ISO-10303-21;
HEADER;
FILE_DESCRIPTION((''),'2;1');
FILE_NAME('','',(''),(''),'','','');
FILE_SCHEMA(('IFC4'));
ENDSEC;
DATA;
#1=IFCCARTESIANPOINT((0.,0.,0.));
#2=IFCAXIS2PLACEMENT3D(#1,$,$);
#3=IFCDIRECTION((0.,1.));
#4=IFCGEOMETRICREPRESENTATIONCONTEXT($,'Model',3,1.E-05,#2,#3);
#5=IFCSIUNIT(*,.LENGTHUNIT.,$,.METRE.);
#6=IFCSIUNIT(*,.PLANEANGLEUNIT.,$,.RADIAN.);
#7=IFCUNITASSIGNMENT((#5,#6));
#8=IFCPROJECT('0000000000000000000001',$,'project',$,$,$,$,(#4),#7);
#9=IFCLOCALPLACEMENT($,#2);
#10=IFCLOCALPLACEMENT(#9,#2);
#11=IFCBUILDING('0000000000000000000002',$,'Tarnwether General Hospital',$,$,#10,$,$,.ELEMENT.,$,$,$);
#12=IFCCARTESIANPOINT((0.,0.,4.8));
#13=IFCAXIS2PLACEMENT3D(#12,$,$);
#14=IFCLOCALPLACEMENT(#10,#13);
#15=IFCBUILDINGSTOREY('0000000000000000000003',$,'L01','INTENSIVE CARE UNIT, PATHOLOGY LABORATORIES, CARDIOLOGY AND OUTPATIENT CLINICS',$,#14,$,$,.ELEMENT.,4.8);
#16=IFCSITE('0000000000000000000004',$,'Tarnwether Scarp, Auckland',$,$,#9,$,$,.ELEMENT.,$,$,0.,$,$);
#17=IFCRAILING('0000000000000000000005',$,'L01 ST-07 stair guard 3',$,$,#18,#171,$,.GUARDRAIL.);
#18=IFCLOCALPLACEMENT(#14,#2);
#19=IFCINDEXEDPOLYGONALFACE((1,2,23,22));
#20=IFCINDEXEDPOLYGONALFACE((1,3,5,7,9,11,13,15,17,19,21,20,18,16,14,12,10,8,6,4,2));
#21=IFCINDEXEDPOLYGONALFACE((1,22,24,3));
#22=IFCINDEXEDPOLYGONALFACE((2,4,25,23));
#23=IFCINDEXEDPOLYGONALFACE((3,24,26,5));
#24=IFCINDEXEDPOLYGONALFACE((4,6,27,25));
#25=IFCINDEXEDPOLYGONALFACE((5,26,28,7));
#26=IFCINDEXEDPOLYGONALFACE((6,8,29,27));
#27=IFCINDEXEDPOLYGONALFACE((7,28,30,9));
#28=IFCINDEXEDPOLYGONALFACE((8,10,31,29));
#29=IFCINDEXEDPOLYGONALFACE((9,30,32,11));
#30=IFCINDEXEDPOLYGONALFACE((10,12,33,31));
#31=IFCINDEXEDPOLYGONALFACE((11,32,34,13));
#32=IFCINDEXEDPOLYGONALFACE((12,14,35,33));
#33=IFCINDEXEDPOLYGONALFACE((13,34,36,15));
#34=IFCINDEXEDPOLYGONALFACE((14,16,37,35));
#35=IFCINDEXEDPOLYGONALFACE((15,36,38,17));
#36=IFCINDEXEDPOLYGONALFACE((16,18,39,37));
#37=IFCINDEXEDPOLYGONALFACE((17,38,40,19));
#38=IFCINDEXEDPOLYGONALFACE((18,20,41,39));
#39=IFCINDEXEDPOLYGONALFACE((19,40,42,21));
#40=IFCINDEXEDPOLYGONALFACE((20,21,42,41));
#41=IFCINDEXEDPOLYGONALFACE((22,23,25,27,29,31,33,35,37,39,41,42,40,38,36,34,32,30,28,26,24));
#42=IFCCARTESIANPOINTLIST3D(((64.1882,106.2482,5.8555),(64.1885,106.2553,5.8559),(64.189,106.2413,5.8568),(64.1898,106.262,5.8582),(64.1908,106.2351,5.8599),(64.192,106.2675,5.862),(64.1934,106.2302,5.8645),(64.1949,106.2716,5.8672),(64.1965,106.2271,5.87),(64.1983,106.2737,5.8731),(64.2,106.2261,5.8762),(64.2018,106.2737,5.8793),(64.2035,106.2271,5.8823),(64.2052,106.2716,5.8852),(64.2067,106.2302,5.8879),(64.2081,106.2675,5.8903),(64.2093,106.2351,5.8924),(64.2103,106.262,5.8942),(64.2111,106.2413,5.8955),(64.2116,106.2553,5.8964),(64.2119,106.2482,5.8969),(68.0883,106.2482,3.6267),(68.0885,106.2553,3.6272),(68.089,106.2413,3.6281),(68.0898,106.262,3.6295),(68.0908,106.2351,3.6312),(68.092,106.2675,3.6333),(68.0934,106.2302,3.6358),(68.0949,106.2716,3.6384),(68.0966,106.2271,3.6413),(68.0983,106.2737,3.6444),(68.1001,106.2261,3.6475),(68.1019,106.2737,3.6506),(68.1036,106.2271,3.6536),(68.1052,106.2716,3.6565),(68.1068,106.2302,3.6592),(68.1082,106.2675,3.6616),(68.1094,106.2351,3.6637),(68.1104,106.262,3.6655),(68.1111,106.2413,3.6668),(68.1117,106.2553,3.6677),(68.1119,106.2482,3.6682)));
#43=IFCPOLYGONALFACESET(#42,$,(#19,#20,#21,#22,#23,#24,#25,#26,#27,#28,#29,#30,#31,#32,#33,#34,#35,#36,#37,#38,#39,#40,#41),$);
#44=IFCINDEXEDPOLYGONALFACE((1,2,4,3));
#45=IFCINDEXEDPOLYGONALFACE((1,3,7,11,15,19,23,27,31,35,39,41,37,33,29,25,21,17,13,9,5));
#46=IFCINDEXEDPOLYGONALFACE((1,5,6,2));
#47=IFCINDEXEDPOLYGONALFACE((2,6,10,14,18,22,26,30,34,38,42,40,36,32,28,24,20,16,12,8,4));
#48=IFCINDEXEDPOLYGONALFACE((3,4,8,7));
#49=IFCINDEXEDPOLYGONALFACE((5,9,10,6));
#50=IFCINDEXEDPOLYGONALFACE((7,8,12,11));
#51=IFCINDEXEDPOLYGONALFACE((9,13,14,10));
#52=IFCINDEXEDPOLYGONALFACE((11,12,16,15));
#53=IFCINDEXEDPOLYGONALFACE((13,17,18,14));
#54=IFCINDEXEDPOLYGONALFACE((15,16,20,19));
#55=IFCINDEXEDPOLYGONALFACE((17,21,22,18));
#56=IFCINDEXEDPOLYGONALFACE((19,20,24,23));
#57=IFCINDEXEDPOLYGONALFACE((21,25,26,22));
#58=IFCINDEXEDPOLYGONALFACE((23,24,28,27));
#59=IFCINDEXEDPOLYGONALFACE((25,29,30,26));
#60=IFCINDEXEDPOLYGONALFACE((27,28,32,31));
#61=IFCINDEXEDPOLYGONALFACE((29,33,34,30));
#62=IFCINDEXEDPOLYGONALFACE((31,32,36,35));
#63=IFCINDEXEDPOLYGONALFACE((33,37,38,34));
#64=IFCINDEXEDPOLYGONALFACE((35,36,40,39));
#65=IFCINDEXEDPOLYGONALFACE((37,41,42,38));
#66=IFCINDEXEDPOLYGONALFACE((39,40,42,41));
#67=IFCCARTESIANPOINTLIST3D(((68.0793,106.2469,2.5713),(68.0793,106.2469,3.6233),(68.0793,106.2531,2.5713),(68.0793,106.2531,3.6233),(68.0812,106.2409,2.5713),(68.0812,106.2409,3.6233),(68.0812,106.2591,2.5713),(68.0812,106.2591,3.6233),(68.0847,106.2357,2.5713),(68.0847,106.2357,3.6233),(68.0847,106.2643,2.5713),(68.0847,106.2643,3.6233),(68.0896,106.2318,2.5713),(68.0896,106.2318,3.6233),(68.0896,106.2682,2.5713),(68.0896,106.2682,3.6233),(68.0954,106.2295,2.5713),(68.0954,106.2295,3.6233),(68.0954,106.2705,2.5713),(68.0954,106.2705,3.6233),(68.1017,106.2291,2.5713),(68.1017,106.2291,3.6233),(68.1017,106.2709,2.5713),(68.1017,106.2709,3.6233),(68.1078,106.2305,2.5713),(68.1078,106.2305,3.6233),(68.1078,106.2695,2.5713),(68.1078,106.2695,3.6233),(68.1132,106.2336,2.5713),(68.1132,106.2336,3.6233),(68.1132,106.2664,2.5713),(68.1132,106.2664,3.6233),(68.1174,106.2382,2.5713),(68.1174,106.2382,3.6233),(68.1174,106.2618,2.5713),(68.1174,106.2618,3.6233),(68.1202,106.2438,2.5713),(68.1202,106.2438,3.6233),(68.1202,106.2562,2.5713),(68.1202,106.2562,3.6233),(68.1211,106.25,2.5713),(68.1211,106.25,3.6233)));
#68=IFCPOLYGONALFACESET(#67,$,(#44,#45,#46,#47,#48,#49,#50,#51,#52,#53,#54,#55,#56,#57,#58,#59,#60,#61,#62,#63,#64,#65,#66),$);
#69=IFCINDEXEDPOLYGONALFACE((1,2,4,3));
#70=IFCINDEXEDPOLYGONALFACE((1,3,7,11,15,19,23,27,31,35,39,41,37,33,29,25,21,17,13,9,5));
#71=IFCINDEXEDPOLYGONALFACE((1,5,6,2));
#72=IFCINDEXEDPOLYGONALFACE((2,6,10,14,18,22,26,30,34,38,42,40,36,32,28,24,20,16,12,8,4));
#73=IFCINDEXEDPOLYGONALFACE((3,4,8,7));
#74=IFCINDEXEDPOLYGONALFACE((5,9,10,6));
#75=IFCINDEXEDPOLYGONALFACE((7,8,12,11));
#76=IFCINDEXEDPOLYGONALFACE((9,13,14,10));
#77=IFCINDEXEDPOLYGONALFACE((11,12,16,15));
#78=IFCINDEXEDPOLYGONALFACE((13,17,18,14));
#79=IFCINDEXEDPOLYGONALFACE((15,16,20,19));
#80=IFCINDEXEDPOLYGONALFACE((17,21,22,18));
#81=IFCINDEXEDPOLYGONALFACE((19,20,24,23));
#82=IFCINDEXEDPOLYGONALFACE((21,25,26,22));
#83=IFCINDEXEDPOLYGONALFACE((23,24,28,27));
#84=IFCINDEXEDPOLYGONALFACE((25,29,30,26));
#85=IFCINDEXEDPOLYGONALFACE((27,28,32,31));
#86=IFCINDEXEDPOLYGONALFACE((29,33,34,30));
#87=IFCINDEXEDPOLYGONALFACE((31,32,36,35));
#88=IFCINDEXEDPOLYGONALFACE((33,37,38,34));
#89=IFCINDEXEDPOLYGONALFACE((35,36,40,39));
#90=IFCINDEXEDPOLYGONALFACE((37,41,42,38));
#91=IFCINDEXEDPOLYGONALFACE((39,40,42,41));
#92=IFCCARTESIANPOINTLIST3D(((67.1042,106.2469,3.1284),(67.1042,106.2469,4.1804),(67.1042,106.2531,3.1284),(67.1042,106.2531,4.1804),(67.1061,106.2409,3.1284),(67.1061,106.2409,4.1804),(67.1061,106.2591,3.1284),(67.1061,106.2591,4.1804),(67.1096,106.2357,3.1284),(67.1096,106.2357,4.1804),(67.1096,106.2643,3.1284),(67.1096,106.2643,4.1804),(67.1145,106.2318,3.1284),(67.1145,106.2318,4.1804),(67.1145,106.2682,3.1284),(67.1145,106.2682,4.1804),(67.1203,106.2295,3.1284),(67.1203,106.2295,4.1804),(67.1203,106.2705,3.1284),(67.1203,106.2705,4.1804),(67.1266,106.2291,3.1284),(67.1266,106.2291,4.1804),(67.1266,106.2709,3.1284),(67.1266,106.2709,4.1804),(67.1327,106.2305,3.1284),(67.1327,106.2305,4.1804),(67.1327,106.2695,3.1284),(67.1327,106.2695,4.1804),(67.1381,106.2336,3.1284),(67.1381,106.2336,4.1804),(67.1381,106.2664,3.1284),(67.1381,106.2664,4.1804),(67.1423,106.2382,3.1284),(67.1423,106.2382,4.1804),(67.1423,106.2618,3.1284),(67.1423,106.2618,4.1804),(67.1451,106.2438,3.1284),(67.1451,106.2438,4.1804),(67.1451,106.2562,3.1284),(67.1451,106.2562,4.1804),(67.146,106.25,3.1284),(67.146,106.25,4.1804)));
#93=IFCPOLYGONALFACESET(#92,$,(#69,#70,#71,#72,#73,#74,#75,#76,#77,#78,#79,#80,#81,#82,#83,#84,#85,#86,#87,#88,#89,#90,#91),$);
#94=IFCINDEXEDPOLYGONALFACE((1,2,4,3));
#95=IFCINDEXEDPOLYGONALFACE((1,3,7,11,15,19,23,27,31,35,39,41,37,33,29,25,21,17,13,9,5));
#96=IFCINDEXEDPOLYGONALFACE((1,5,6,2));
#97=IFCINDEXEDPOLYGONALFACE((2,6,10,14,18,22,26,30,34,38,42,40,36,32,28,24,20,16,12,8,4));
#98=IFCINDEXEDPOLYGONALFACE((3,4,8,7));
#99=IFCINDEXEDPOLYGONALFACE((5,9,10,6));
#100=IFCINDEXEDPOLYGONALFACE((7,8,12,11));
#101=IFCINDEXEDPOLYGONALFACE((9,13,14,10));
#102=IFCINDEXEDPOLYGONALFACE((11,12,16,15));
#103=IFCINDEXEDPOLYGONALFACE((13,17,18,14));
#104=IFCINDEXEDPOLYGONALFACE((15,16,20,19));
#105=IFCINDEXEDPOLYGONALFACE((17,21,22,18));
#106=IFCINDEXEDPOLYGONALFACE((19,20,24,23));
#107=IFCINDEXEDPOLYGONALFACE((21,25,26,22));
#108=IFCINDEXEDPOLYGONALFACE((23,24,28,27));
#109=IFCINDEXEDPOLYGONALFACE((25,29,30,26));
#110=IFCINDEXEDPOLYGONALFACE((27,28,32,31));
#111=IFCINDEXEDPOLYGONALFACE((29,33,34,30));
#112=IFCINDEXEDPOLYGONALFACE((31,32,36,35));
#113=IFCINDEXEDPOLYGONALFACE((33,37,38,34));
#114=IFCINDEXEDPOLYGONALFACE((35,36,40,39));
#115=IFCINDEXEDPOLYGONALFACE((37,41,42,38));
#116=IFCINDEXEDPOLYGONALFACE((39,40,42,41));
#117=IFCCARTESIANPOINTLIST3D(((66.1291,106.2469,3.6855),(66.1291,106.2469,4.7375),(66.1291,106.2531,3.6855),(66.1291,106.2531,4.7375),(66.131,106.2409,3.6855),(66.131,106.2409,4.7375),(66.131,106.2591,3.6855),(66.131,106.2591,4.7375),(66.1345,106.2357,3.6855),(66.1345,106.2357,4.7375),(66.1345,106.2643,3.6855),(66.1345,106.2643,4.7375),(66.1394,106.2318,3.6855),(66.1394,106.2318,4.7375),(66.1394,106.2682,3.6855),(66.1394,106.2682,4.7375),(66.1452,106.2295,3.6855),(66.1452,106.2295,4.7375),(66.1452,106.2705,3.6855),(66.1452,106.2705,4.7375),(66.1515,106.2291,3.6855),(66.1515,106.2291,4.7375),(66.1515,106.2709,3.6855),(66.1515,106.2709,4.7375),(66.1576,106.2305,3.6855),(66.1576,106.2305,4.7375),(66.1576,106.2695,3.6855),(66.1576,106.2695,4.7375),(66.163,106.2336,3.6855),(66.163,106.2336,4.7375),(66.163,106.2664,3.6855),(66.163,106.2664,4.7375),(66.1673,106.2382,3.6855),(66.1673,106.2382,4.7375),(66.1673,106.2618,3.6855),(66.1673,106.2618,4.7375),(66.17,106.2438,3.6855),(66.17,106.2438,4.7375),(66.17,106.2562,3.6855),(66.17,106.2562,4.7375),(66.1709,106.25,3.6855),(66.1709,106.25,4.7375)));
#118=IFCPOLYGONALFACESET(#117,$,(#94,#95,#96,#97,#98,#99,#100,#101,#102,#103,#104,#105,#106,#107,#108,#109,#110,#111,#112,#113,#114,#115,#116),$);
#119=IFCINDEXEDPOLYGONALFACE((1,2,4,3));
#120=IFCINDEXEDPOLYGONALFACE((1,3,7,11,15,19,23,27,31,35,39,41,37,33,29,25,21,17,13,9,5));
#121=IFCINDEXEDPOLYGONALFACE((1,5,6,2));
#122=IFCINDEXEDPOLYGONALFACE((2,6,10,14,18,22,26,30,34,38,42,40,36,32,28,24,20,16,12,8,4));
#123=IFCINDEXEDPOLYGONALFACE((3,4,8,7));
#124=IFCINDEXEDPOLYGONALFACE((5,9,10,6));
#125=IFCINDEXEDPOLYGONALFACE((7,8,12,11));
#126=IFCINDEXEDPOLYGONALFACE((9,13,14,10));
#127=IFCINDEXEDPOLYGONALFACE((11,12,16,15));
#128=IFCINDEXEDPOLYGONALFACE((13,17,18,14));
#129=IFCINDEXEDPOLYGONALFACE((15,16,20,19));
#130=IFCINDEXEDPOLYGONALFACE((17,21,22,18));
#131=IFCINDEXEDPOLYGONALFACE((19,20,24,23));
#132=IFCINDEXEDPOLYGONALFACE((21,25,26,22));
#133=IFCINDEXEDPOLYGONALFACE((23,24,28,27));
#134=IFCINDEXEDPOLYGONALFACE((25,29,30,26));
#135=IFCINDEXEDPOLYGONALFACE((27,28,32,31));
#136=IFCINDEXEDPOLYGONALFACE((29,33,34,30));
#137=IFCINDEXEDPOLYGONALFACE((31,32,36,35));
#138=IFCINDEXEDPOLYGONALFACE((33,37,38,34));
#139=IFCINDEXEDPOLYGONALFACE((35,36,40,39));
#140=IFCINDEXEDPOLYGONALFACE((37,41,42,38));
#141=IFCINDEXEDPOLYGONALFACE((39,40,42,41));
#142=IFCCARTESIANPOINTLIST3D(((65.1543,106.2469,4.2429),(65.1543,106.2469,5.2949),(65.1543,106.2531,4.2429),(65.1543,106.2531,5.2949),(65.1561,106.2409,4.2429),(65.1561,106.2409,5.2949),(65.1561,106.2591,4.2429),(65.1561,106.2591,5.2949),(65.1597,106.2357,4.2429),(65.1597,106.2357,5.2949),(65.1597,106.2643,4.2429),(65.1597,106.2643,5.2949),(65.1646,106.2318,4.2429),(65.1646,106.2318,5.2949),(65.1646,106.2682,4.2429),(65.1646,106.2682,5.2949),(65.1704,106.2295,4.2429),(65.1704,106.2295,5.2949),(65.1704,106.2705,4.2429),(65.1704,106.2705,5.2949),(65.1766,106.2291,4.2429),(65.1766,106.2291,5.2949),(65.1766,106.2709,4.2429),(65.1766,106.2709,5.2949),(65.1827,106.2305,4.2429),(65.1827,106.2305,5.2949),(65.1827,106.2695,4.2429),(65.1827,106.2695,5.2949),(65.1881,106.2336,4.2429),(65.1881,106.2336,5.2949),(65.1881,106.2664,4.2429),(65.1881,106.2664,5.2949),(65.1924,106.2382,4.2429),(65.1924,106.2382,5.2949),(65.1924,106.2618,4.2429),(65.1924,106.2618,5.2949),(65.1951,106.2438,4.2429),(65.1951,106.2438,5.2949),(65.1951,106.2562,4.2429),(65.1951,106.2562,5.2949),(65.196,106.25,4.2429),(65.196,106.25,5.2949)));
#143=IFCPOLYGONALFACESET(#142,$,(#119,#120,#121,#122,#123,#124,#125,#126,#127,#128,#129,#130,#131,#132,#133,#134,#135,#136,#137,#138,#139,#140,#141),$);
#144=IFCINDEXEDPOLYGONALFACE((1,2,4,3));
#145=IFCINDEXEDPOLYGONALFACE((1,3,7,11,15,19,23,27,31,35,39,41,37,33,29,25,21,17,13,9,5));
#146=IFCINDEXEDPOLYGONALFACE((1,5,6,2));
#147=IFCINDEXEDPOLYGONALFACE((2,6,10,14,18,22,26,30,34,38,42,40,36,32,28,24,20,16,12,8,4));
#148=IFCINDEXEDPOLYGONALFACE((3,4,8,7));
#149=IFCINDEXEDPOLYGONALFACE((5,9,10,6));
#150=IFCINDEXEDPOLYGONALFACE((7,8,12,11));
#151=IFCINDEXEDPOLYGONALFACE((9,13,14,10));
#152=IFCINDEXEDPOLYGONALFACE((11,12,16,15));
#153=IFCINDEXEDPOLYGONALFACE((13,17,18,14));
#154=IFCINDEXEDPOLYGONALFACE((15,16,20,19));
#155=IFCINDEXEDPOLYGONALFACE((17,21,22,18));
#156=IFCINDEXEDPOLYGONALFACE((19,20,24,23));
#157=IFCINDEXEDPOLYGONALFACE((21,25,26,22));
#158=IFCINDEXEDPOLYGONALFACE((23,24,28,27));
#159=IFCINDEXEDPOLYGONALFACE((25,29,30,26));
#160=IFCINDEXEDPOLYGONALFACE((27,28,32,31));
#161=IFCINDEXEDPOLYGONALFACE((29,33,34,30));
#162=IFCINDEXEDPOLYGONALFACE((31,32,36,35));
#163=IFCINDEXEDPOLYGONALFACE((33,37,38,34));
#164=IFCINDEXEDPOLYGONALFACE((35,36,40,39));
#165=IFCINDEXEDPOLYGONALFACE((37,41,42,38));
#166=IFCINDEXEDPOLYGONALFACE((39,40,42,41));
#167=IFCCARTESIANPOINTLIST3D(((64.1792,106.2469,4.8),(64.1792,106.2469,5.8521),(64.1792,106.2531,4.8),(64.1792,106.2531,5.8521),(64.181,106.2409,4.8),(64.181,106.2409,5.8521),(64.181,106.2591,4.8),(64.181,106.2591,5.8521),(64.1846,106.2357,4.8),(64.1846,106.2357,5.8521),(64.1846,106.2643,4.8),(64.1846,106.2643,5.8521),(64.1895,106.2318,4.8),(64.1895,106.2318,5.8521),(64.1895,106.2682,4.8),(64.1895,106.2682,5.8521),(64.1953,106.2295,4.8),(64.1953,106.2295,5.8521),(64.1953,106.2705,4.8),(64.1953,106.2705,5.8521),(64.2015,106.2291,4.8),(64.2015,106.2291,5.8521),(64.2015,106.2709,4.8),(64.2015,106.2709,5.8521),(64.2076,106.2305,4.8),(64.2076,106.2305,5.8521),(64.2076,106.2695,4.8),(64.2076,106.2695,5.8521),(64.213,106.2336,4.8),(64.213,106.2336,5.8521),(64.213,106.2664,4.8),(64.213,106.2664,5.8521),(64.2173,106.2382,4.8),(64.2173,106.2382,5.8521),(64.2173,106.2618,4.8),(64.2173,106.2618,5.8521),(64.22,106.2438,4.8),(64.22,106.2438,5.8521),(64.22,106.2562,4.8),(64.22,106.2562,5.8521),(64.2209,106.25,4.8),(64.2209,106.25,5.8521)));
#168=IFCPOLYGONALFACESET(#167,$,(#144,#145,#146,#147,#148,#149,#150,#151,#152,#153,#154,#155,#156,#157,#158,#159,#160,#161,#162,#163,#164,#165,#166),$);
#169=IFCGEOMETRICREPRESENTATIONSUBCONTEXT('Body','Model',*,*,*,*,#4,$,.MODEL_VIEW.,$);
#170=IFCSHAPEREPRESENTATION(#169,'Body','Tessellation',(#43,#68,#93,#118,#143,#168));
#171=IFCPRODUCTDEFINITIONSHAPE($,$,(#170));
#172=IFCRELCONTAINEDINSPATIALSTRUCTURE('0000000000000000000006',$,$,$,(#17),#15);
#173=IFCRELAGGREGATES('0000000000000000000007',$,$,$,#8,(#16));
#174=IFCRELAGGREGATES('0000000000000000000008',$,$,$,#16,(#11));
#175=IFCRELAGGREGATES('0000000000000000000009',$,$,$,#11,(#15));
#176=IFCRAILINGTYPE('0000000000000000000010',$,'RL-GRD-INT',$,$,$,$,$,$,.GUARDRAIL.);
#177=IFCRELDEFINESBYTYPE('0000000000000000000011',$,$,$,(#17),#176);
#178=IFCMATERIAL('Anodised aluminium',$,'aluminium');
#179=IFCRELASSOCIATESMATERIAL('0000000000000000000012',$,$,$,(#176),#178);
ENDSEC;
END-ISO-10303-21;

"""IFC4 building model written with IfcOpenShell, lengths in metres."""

from ifc_helpers import new_model, si_unit, direction, frame, origin, origin_2d, place, context, subcontext, project, spatial, circle, extrude, material, type_object, element, save


model = new_model("IFC4")

# Units and contexts
model_context = context("Model", 3, precision=1e-05, world=origin(), true_north=direction((0.0, 1.0)))
body_context = subcontext(model_context, "Body", "Model", "MODEL_VIEW")
ifc_project = project(units=[si_unit("LENGTHUNIT", "METRE"), si_unit("PLANEANGLEUNIT", "RADIAN")], contexts=[model_context])

# Site, building, storey
site_placement = place(None, origin())
site = spatial("IfcSite", under=ifc_project, at=site_placement, Name="Tarnwether Scarp, Auckland", CompositionType="ELEMENT", RefElevation=0.0)
building_placement = place(site_placement, origin())
building = spatial("IfcBuilding", under=site, at=building_placement, Name="Tarnwether General Hospital", CompositionType="ELEMENT")
storey_placement = place(building_placement, frame((0.0, 0.0, 4.8)))
storey = spatial("IfcBuildingStorey", under=building, at=storey_placement, Name="L01", Description="INTENSIVE CARE UNIT, PATHOLOGY LABORATORIES, CARDIOLOGY AND OUTPATIENT CLINICS", CompositionType="ELEMENT", Elevation=4.8)

# Railing
ifc_material_1 = material(Name="Anodised aluminium", Category="aluminium")
railing_type_1 = type_object("IfcRailingType", Name="RL-GRD-INT", PredefinedType="GUARDRAIL", material=ifc_material_1)
railing_1_placement = place(storey_placement, frame((68.1001, 106.25, 2.5713)))
element("IfcRailing", 1, at=railing_1_placement, inside=storey, type_object=railing_type_1, Name="L01 ST-07 stair guard 3", PredefinedType="GUARDRAIL", context=body_context, shape_type="SweptSolid", body=[
    extrude(circle(Radius=0.0239, at=origin_2d()), frame((0.0, 0.0, 1.0762), z_axis=(-0.868233, 0.0, 0.496156), x_axis=(0.0, -1.0, 0.0)), (0.0, 0.0, 1.0), 4.4919),
    extrude(circle(Radius=0.021, at=origin_2d()), origin(), (0.0, 0.0, 1.0), 1.052),
    extrude(circle(Radius=0.021, at=origin_2d()), frame((-0.9751, 0.0, 0.5571)), (0.0, 0.0, 1.0), 1.052),
    extrude(circle(Radius=0.021, at=origin_2d()), frame((-1.9502, 0.0, 1.1143)), (0.0, 0.0, 1.0), 1.052),
    extrude(circle(Radius=0.021, at=origin_2d()), frame((-2.925, 0.0, 1.6716)), (0.0, 0.0, 1.0), 1.052),
    extrude(circle(Radius=0.021, at=origin_2d()), frame((-3.9001, 0.0, 2.2288)), (0.0, 0.0, 1.0), 1.052),
])

save(model, "model.ifc")
